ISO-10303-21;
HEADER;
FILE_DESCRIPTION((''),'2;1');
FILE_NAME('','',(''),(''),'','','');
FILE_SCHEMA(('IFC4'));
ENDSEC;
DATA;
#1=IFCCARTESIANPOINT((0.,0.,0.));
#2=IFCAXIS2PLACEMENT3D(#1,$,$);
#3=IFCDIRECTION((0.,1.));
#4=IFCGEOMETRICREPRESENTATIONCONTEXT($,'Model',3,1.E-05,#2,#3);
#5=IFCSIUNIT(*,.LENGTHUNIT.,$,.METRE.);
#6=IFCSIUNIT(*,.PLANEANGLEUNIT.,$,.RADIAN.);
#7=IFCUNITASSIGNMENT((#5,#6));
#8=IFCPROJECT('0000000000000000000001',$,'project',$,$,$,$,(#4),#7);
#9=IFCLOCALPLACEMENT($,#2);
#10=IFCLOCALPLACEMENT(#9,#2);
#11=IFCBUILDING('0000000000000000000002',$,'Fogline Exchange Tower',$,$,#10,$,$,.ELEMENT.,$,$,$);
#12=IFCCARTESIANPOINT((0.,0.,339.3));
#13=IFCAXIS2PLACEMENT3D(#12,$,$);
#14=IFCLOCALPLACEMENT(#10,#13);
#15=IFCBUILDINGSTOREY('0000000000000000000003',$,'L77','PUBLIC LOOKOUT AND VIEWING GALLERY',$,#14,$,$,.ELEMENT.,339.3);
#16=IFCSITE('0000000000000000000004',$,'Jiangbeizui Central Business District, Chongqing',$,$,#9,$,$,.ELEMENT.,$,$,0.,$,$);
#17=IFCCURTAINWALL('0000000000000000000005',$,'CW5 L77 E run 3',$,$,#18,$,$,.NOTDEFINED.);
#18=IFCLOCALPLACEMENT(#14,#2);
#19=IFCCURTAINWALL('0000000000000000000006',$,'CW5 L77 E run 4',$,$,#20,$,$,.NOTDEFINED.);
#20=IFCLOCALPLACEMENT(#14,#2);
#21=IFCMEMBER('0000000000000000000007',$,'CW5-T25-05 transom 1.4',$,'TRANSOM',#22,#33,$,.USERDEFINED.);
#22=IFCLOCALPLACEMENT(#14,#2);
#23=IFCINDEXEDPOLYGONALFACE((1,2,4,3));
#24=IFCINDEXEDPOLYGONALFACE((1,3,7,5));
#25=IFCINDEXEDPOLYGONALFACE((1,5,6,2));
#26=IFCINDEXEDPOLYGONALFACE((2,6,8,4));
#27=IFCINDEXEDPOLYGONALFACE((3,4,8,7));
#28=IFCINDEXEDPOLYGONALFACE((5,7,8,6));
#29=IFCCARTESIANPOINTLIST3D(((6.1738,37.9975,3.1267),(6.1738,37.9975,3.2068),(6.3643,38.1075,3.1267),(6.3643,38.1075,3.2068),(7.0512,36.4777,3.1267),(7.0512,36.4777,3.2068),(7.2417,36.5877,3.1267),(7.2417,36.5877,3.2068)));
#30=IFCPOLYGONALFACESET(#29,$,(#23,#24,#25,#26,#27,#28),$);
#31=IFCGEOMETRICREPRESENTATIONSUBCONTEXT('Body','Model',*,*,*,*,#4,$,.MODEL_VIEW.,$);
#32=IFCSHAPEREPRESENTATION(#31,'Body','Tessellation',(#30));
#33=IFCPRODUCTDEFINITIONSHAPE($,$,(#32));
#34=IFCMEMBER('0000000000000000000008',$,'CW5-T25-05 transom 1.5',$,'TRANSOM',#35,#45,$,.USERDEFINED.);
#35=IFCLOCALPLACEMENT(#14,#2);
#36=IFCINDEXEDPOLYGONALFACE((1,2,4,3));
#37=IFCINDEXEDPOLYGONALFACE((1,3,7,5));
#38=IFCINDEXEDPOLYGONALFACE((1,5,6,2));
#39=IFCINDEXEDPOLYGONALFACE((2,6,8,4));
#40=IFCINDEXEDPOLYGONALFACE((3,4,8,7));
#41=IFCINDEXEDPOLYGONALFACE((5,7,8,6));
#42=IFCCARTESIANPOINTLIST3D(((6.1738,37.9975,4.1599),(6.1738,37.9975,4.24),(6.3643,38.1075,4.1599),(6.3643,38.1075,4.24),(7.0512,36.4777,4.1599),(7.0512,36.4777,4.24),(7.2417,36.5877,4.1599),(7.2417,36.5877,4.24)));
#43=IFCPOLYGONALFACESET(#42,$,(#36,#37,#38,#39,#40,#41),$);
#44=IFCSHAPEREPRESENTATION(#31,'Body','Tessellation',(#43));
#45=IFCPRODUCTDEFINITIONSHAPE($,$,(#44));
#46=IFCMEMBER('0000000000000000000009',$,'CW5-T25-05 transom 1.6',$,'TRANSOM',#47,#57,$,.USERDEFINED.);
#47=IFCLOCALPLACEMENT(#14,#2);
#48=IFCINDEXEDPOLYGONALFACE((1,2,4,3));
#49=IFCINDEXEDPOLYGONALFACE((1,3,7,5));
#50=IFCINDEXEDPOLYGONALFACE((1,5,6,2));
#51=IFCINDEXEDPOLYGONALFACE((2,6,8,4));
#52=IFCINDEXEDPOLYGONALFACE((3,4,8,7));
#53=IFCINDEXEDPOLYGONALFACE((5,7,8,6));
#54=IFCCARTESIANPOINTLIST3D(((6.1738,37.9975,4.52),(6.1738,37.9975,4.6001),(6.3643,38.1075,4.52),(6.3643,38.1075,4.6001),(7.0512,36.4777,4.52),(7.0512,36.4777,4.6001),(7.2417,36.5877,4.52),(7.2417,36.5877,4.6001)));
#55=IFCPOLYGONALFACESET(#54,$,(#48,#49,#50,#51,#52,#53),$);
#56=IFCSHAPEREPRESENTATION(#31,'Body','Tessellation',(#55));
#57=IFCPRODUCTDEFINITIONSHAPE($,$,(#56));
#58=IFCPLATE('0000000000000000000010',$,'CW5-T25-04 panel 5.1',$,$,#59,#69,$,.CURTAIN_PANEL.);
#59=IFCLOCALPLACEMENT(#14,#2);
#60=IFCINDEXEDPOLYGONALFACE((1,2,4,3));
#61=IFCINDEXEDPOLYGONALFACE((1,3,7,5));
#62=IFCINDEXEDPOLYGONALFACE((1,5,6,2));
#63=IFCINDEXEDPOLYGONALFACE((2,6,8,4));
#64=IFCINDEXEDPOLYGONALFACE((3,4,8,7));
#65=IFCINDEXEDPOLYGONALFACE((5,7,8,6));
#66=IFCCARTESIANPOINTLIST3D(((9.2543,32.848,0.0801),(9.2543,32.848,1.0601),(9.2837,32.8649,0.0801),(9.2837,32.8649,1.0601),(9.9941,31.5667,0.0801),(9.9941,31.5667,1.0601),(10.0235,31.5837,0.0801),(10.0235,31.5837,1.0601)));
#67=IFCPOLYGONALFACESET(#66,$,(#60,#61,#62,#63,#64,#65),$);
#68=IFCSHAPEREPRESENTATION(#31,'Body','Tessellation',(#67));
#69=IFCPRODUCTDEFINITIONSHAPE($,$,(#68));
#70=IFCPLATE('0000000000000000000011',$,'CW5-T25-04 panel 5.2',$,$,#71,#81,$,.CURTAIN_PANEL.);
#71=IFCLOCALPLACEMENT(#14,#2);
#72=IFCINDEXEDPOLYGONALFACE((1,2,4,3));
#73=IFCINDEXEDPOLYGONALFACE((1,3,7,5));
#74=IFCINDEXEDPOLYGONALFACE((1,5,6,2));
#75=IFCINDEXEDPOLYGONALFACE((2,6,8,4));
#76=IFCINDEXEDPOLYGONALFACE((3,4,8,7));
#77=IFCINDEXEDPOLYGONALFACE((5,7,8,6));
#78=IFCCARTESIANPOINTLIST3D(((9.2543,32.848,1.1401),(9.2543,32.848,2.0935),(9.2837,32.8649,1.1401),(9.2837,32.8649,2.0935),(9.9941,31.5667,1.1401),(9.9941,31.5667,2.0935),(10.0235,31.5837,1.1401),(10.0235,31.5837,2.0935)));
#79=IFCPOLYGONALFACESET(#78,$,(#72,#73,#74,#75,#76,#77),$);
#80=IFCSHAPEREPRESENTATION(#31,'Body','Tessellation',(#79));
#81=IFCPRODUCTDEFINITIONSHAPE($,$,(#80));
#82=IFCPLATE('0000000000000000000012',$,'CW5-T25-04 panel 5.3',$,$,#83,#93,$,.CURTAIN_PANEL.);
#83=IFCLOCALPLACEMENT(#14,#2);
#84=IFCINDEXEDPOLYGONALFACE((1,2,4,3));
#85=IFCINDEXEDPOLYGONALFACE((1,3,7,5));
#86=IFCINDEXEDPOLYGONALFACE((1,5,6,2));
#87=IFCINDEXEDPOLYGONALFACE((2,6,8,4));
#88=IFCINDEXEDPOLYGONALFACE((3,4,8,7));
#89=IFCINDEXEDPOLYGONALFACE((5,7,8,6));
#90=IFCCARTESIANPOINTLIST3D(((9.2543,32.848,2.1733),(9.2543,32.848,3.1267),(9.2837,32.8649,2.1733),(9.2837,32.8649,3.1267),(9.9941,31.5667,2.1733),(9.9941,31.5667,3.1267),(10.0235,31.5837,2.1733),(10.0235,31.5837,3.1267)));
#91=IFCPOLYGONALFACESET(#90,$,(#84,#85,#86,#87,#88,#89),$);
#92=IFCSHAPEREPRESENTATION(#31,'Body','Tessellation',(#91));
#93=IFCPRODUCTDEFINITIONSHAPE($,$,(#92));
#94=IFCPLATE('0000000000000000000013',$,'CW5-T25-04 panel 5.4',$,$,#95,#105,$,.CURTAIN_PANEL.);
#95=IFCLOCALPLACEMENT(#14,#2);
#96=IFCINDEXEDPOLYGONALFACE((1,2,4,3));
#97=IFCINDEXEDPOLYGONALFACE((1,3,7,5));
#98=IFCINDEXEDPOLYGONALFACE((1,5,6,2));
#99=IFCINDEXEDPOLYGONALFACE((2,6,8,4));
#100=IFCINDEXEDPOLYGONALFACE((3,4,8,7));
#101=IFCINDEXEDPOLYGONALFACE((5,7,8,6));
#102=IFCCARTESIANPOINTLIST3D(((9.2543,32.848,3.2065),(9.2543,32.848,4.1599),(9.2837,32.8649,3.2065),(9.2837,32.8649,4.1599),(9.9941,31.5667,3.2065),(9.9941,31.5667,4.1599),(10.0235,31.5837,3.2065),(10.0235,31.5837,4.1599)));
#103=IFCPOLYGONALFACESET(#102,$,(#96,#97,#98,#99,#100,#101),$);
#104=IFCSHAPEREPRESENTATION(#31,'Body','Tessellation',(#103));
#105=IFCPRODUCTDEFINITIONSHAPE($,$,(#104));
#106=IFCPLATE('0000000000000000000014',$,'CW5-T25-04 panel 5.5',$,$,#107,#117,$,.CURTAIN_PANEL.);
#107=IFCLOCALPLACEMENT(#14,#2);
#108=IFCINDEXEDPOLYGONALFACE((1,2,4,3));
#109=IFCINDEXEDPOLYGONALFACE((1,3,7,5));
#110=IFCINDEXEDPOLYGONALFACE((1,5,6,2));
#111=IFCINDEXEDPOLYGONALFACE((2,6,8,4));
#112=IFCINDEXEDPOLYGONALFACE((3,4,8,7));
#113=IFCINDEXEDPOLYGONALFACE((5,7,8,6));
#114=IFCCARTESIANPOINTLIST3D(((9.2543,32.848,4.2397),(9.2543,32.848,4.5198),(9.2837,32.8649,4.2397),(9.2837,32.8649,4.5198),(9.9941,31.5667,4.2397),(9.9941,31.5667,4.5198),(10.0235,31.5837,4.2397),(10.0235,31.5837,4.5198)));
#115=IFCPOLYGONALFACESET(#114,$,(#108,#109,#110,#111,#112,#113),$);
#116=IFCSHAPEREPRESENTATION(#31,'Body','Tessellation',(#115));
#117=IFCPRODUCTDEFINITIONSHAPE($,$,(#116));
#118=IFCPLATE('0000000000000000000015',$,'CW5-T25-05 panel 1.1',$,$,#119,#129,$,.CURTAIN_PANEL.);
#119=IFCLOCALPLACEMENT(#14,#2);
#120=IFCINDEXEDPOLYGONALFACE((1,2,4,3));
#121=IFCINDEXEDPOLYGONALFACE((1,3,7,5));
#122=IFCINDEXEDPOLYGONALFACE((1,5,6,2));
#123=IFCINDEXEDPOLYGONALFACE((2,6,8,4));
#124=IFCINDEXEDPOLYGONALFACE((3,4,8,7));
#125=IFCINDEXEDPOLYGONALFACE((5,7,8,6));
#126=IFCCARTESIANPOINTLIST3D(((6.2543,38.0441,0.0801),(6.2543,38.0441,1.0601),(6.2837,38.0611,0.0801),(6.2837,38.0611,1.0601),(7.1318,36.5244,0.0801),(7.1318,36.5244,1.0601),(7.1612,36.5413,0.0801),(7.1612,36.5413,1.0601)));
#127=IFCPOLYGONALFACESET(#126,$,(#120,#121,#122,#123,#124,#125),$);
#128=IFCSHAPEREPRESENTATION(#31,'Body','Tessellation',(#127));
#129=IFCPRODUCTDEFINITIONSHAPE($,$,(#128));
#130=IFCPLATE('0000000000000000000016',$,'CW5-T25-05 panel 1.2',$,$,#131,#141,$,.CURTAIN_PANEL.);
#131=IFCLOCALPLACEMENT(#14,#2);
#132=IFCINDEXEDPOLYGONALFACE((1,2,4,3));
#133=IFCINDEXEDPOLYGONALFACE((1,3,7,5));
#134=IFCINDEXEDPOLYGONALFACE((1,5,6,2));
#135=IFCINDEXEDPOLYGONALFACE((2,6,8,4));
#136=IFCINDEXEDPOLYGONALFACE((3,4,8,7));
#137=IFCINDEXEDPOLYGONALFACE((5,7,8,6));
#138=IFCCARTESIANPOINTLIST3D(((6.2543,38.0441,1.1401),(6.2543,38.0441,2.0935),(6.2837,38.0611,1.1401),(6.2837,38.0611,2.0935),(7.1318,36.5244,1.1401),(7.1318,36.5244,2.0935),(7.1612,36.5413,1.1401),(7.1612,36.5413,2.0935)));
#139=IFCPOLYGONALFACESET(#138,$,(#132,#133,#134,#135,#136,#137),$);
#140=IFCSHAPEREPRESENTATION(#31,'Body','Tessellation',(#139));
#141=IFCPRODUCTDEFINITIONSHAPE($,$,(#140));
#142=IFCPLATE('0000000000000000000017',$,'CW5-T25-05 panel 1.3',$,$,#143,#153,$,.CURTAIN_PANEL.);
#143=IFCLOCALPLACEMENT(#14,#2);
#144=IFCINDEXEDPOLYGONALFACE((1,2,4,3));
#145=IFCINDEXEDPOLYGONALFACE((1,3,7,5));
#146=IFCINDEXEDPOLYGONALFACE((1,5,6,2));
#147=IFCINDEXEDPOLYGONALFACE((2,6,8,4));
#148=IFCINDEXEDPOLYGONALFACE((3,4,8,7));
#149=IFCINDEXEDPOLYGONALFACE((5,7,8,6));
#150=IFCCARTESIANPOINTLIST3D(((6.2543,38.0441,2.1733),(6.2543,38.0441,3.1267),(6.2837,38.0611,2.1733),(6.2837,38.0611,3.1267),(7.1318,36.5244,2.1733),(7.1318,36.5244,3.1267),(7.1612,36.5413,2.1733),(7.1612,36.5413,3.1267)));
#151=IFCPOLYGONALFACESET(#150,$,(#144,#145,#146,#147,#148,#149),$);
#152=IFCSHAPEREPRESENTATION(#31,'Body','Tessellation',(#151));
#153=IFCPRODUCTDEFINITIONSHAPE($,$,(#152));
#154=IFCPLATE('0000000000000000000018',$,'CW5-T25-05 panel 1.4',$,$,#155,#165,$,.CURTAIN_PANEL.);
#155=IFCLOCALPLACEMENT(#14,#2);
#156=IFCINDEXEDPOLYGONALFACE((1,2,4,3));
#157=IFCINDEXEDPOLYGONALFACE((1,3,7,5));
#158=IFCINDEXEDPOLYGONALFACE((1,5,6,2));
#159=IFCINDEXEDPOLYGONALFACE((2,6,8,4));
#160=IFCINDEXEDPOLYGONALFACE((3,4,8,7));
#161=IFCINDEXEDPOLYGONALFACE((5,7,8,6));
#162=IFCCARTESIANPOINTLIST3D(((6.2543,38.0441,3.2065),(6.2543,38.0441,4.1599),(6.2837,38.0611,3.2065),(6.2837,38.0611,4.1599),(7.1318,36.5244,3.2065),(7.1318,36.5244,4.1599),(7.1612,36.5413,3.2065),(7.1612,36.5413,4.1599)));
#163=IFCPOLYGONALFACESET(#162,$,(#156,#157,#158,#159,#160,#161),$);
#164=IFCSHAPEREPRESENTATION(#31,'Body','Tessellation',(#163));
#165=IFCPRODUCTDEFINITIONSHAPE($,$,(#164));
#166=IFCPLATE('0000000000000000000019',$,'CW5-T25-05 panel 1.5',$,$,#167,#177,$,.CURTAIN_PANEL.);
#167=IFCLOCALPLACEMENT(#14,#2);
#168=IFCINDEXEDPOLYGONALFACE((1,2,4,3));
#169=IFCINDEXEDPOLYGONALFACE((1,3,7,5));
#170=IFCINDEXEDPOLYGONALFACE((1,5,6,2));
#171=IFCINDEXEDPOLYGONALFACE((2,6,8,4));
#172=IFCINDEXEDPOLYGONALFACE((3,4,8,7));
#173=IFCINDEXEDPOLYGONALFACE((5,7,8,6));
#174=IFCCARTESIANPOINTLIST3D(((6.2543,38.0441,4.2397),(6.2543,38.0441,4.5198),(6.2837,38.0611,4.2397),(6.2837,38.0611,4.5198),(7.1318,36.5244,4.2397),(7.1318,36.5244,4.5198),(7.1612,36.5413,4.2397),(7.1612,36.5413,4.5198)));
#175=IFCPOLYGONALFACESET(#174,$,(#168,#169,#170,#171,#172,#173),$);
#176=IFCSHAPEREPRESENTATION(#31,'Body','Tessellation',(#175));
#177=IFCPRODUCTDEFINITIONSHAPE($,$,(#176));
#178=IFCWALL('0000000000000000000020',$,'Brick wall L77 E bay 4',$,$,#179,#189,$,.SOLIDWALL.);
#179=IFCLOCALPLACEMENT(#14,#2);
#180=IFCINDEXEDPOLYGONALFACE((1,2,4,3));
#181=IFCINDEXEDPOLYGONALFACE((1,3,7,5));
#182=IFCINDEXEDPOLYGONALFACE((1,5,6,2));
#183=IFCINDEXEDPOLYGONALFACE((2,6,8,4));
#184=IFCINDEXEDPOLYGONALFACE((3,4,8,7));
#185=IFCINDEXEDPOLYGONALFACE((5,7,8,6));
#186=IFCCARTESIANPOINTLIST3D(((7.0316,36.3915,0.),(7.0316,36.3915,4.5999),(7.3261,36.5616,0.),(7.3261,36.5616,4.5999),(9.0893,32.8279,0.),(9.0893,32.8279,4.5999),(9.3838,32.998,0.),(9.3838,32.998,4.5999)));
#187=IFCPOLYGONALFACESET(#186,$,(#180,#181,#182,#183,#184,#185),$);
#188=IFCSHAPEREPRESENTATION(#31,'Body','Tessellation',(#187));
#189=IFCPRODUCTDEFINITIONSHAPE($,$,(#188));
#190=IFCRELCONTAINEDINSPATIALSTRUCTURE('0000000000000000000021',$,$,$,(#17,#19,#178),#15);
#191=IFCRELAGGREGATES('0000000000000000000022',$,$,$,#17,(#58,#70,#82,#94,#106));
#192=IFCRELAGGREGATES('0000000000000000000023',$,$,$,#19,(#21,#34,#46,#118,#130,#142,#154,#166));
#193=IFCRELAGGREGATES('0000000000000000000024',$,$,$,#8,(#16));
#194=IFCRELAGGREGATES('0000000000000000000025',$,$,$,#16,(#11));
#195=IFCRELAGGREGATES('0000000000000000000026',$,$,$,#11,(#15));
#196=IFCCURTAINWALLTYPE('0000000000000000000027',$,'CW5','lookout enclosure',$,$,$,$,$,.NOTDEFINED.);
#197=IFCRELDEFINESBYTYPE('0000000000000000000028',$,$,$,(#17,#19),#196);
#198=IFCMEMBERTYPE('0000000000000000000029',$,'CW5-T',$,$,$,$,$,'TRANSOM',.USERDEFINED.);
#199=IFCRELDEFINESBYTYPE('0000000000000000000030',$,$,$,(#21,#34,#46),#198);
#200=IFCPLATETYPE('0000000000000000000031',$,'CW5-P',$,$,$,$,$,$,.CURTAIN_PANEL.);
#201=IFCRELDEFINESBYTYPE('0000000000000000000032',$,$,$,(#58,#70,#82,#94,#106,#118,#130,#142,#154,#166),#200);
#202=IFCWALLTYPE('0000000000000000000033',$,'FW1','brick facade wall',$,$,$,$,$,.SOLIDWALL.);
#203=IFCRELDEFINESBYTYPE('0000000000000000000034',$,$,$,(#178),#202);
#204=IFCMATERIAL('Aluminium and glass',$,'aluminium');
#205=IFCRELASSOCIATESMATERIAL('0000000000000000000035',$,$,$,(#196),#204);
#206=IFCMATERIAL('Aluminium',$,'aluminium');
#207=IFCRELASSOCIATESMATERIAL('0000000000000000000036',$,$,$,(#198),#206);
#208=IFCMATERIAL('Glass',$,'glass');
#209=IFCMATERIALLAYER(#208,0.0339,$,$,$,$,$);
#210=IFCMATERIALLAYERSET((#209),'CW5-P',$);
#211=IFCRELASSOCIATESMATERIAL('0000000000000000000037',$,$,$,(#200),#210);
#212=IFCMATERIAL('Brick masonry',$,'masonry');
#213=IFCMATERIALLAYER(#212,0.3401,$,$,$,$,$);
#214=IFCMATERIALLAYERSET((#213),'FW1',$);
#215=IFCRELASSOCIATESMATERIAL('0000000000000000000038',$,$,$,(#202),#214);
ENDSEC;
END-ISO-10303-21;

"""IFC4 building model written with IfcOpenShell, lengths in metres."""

from ifc_helpers import new_model, si_unit, direction, frame, frame_2d, origin, origin_2d, place, context, subcontext, project, spatial, rectangle, extrude, material, layer, layer_set, material_profile, profile_set, type_object, element, aggregate, save


model = new_model("IFC4")

# Units and contexts
model_context = context("Model", 3, precision=1e-05, world=origin(), true_north=direction((0.0, 1.0)))
body_context = subcontext(model_context, "Body", "Model", "MODEL_VIEW")
ifc_project = project(units=[si_unit("LENGTHUNIT", "METRE"), si_unit("PLANEANGLEUNIT", "RADIAN")], contexts=[model_context])

# Site, building, storey
site_placement = place(None, origin())
site = spatial("IfcSite", under=ifc_project, at=site_placement, Name="Jiangbeizui Central Business District, Chongqing", CompositionType="ELEMENT", RefElevation=0.0)
building_placement = place(site_placement, origin())
building = spatial("IfcBuilding", under=site, at=building_placement, Name="Fogline Exchange Tower", CompositionType="ELEMENT")
storey_placement = place(building_placement, frame((0.0, 0.0, 339.3)))
storey = spatial("IfcBuildingStorey", under=building, at=storey_placement, Name="L77", Description="PUBLIC LOOKOUT AND VIEWING GALLERY", CompositionType="ELEMENT", Elevation=339.3)

# Curtain wall
ifc_material_1 = material(Name="Aluminium and glass", Category="aluminium")
curtain_wall_type = type_object("IfcCurtainWallType", Name="CW5", Description="lookout enclosure", PredefinedType="NOTDEFINED", material=ifc_material_1)
curtain_wall_1_placement = place(storey_placement, origin())
curtain_wall_1 = element("IfcCurtainWall", 1, at=curtain_wall_1_placement, inside=storey, type_object=curtain_wall_type, Name="CW5 L77 E run 3", PredefinedType="NOTDEFINED")
ifc_material_2 = material(Name="Aluminium", Category="aluminium")

# Curtain wall, members
curtain_wall_2_placement = place(storey_placement, origin())
curtain_wall_2 = element("IfcCurtainWall", 2, at=curtain_wall_2_placement, inside=storey, type_object=curtain_wall_type, Name="CW5 L77 E run 4", PredefinedType="NOTDEFINED")
ifc_material_profile_1 = material_profile(ifc_material_2, rectangle(XDim=0.22, YDim=0.0801, at=origin_2d()), Name="Transom 80x220")
ifc_profile_set_1 = profile_set([ifc_material_profile_1], Name="Aluminium")
member_type_1 = type_object("IfcMemberType", Name="CW5-T", ElementType="TRANSOM", PredefinedType="USERDEFINED", material=ifc_profile_set_1)
member_1_placement = place(storey_placement, frame((7.1465, 36.5327, 3.1667), z_axis=(-0.499999, 0.866026, 0.0), x_axis=(-0.866026, -0.499999, 0.0)))
member_1 = element("IfcMember", 3, at=member_1_placement, type_object=member_type_1, Name="CW5-T25-05 transom 1.4", ObjectType="TRANSOM", PredefinedType="USERDEFINED", context=body_context, shape_type="SweptSolid", body=[
    extrude(rectangle(XDim=0.22, YDim=0.0801, at=origin_2d()), origin(), (0.0, 0.0, 1.0), 1.7549),
])
member_2_placement = place(storey_placement, frame((7.1465, 36.5327, 4.2), z_axis=(-0.499999, 0.866026, 0.0), x_axis=(-0.866026, -0.499999, 0.0)))
member_2 = element("IfcMember", 4, at=member_2_placement, type_object=member_type_1, Name="CW5-T25-05 transom 1.5", ObjectType="TRANSOM", PredefinedType="USERDEFINED", context=body_context, shape_type="SweptSolid", body=[
    extrude(rectangle(XDim=0.22, YDim=0.0801, at=origin_2d()), origin(), (0.0, 0.0, 1.0), 1.7549),
])
member_3_placement = place(storey_placement, frame((7.1465, 36.5327, 4.5601), z_axis=(-0.499999, 0.866026, 0.0), x_axis=(-0.866026, -0.499999, 0.0)))
member_3 = element("IfcMember", 5, at=member_3_placement, type_object=member_type_1, Name="CW5-T25-05 transom 1.6", ObjectType="TRANSOM", PredefinedType="USERDEFINED", context=body_context, shape_type="SweptSolid", body=[
    extrude(rectangle(XDim=0.22, YDim=0.0801, at=origin_2d()), origin(), (0.0, 0.0, 1.0), 1.7549),
])

# Plates
ifc_material_3 = material(Name="Glass", Category="glass")
ifc_layer_1 = layer(ifc_material_3, 0.0339)
ifc_layer_set_1 = layer_set([ifc_layer_1], Name="CW5-P")
plate_type = type_object("IfcPlateType", Name="CW5-P", PredefinedType="CURTAIN_PANEL", material=ifc_layer_set_1)
plate_1_placement = place(storey_placement, frame((9.6389, 32.2158, 0.0801), z_axis=(0.0, 0.0, 1.0), x_axis=(-0.5, 0.866025, 0.0)))
plate_1 = element("IfcPlate", 6, at=plate_1_placement, type_object=plate_type, Name="CW5-T25-04 panel 5.1", PredefinedType="CURTAIN_PANEL", context=body_context, shape_type="SweptSolid", body=[
    extrude(rectangle(XDim=1.4795, YDim=0.0339, at=origin_2d()), origin(), (0.0, 0.0, 1.0), 0.98),
])
plate_2_placement = place(storey_placement, frame((9.6389, 32.2158, 1.1401), z_axis=(0.0, 0.0, 1.0), x_axis=(-0.5, 0.866025, 0.0)))
plate_2 = element("IfcPlate", 7, at=plate_2_placement, type_object=plate_type, Name="CW5-T25-04 panel 5.2", PredefinedType="CURTAIN_PANEL", context=body_context, shape_type="SweptSolid", body=[
    extrude(rectangle(XDim=1.4795, YDim=0.0339, at=origin_2d()), origin(), (0.0, 0.0, 1.0), 0.9534),
])
plate_3_placement = place(storey_placement, frame((9.6389, 32.2158, 2.1733), z_axis=(0.0, 0.0, 1.0), x_axis=(-0.5, 0.866025, 0.0)))
plate_3 = element("IfcPlate", 8, at=plate_3_placement, type_object=plate_type, Name="CW5-T25-04 panel 5.3", PredefinedType="CURTAIN_PANEL", context=body_context, shape_type="SweptSolid", body=[
    extrude(rectangle(XDim=1.4795, YDim=0.0339, at=origin_2d()), origin(), (0.0, 0.0, 1.0), 0.9534),
])
plate_4_placement = place(storey_placement, frame((9.6389, 32.2158, 3.2065), z_axis=(0.0, 0.0, 1.0), x_axis=(-0.5, 0.866025, 0.0)))
plate_4 = element("IfcPlate", 9, at=plate_4_placement, type_object=plate_type, Name="CW5-T25-04 panel 5.4", PredefinedType="CURTAIN_PANEL", context=body_context, shape_type="SweptSolid", body=[
    extrude(rectangle(XDim=1.4795, YDim=0.0339, at=origin_2d()), origin(), (0.0, 0.0, 1.0), 0.9534),
])
plate_5_placement = place(storey_placement, frame((9.6389, 32.2158, 4.2397), z_axis=(0.0, 0.0, 1.0), x_axis=(-0.5, 0.866025, 0.0)))
plate_5 = element("IfcPlate", 10, at=plate_5_placement, type_object=plate_type, Name="CW5-T25-04 panel 5.5", PredefinedType="CURTAIN_PANEL", context=body_context, shape_type="SweptSolid", body=[
    extrude(rectangle(XDim=1.4795, YDim=0.0339, at=origin_2d()), origin(), (0.0, 0.0, 1.0), 0.28),
])
aggregate(curtain_wall_1, [plate_1, plate_2, plate_3, plate_4, plate_5])
plate_6_placement = place(storey_placement, frame((6.7078, 37.2927, 0.0801), z_axis=(0.0, 0.0, 1.0), x_axis=(-0.5, 0.866026, 0.0)))
plate_6 = element("IfcPlate", 11, at=plate_6_placement, type_object=plate_type, Name="CW5-T25-05 panel 1.1", PredefinedType="CURTAIN_PANEL", context=body_context, shape_type="SweptSolid", body=[
    extrude(rectangle(XDim=1.7549, YDim=0.0339, at=origin_2d()), origin(), (0.0, 0.0, 1.0), 0.98),
])
plate_7_placement = place(storey_placement, frame((6.7078, 37.2927, 1.1401), z_axis=(0.0, 0.0, 1.0), x_axis=(-0.5, 0.866026, 0.0)))
plate_7 = element("IfcPlate", 12, at=plate_7_placement, type_object=plate_type, Name="CW5-T25-05 panel 1.2", PredefinedType="CURTAIN_PANEL", context=body_context, shape_type="SweptSolid", body=[
    extrude(rectangle(XDim=1.7549, YDim=0.0339, at=origin_2d()), origin(), (0.0, 0.0, 1.0), 0.9534),
])
plate_8_placement = place(storey_placement, frame((6.7078, 37.2927, 2.1733), z_axis=(0.0, 0.0, 1.0), x_axis=(-0.5, 0.866026, 0.0)))
plate_8 = element("IfcPlate", 13, at=plate_8_placement, type_object=plate_type, Name="CW5-T25-05 panel 1.3", PredefinedType="CURTAIN_PANEL", context=body_context, shape_type="SweptSolid", body=[
    extrude(rectangle(XDim=1.7549, YDim=0.0339, at=origin_2d()), origin(), (0.0, 0.0, 1.0), 0.9534),
])
plate_9_placement = place(storey_placement, frame((6.7078, 37.2927, 3.2065), z_axis=(0.0, 0.0, 1.0), x_axis=(-0.5, 0.866026, 0.0)))
plate_9 = element("IfcPlate", 14, at=plate_9_placement, type_object=plate_type, Name="CW5-T25-05 panel 1.4", PredefinedType="CURTAIN_PANEL", context=body_context, shape_type="SweptSolid", body=[
    extrude(rectangle(XDim=1.7549, YDim=0.0339, at=origin_2d()), origin(), (0.0, 0.0, 1.0), 0.9534),
])
plate_10_placement = place(storey_placement, frame((6.7078, 37.2927, 4.2397), z_axis=(0.0, 0.0, 1.0), x_axis=(-0.5, 0.866026, 0.0)))
plate_10 = element("IfcPlate", 15, at=plate_10_placement, type_object=plate_type, Name="CW5-T25-05 panel 1.5", PredefinedType="CURTAIN_PANEL", context=body_context, shape_type="SweptSolid", body=[
    extrude(rectangle(XDim=1.7549, YDim=0.0339, at=origin_2d()), origin(), (0.0, 0.0, 1.0), 0.28),
])
aggregate(curtain_wall_2, [member_1, member_2, member_3, plate_6, plate_7, plate_8, plate_9, plate_10])

# Wall
ifc_material_4 = material(Name="Brick masonry", Category="masonry")
ifc_layer_2 = layer(ifc_material_4, 0.3401)
ifc_layer_set_2 = layer_set([ifc_layer_2], Name="FW1")
wall_type_1 = type_object("IfcWallType", Name="FW1", Description="brick facade wall", PredefinedType="SOLIDWALL", material=ifc_layer_set_2)
wall_1_placement = place(storey_placement, frame((9.2366, 32.9128, 0.0), z_axis=(0.0, 0.0, 1.0), x_axis=(-0.500044, 0.866, 0.0)))
element("IfcWall", 16, at=wall_1_placement, inside=storey, type_object=wall_type_1, Name="Brick wall L77 E bay 4", PredefinedType="SOLIDWALL", context=body_context, shape_type="SweptSolid", body=[
    extrude(rectangle(XDim=4.115, YDim=0.3401, at=frame_2d((2.0576, 0.0))), origin(), (0.0, 0.0, 1.0), 4.5999),
])

save(model, "model.ifc")
